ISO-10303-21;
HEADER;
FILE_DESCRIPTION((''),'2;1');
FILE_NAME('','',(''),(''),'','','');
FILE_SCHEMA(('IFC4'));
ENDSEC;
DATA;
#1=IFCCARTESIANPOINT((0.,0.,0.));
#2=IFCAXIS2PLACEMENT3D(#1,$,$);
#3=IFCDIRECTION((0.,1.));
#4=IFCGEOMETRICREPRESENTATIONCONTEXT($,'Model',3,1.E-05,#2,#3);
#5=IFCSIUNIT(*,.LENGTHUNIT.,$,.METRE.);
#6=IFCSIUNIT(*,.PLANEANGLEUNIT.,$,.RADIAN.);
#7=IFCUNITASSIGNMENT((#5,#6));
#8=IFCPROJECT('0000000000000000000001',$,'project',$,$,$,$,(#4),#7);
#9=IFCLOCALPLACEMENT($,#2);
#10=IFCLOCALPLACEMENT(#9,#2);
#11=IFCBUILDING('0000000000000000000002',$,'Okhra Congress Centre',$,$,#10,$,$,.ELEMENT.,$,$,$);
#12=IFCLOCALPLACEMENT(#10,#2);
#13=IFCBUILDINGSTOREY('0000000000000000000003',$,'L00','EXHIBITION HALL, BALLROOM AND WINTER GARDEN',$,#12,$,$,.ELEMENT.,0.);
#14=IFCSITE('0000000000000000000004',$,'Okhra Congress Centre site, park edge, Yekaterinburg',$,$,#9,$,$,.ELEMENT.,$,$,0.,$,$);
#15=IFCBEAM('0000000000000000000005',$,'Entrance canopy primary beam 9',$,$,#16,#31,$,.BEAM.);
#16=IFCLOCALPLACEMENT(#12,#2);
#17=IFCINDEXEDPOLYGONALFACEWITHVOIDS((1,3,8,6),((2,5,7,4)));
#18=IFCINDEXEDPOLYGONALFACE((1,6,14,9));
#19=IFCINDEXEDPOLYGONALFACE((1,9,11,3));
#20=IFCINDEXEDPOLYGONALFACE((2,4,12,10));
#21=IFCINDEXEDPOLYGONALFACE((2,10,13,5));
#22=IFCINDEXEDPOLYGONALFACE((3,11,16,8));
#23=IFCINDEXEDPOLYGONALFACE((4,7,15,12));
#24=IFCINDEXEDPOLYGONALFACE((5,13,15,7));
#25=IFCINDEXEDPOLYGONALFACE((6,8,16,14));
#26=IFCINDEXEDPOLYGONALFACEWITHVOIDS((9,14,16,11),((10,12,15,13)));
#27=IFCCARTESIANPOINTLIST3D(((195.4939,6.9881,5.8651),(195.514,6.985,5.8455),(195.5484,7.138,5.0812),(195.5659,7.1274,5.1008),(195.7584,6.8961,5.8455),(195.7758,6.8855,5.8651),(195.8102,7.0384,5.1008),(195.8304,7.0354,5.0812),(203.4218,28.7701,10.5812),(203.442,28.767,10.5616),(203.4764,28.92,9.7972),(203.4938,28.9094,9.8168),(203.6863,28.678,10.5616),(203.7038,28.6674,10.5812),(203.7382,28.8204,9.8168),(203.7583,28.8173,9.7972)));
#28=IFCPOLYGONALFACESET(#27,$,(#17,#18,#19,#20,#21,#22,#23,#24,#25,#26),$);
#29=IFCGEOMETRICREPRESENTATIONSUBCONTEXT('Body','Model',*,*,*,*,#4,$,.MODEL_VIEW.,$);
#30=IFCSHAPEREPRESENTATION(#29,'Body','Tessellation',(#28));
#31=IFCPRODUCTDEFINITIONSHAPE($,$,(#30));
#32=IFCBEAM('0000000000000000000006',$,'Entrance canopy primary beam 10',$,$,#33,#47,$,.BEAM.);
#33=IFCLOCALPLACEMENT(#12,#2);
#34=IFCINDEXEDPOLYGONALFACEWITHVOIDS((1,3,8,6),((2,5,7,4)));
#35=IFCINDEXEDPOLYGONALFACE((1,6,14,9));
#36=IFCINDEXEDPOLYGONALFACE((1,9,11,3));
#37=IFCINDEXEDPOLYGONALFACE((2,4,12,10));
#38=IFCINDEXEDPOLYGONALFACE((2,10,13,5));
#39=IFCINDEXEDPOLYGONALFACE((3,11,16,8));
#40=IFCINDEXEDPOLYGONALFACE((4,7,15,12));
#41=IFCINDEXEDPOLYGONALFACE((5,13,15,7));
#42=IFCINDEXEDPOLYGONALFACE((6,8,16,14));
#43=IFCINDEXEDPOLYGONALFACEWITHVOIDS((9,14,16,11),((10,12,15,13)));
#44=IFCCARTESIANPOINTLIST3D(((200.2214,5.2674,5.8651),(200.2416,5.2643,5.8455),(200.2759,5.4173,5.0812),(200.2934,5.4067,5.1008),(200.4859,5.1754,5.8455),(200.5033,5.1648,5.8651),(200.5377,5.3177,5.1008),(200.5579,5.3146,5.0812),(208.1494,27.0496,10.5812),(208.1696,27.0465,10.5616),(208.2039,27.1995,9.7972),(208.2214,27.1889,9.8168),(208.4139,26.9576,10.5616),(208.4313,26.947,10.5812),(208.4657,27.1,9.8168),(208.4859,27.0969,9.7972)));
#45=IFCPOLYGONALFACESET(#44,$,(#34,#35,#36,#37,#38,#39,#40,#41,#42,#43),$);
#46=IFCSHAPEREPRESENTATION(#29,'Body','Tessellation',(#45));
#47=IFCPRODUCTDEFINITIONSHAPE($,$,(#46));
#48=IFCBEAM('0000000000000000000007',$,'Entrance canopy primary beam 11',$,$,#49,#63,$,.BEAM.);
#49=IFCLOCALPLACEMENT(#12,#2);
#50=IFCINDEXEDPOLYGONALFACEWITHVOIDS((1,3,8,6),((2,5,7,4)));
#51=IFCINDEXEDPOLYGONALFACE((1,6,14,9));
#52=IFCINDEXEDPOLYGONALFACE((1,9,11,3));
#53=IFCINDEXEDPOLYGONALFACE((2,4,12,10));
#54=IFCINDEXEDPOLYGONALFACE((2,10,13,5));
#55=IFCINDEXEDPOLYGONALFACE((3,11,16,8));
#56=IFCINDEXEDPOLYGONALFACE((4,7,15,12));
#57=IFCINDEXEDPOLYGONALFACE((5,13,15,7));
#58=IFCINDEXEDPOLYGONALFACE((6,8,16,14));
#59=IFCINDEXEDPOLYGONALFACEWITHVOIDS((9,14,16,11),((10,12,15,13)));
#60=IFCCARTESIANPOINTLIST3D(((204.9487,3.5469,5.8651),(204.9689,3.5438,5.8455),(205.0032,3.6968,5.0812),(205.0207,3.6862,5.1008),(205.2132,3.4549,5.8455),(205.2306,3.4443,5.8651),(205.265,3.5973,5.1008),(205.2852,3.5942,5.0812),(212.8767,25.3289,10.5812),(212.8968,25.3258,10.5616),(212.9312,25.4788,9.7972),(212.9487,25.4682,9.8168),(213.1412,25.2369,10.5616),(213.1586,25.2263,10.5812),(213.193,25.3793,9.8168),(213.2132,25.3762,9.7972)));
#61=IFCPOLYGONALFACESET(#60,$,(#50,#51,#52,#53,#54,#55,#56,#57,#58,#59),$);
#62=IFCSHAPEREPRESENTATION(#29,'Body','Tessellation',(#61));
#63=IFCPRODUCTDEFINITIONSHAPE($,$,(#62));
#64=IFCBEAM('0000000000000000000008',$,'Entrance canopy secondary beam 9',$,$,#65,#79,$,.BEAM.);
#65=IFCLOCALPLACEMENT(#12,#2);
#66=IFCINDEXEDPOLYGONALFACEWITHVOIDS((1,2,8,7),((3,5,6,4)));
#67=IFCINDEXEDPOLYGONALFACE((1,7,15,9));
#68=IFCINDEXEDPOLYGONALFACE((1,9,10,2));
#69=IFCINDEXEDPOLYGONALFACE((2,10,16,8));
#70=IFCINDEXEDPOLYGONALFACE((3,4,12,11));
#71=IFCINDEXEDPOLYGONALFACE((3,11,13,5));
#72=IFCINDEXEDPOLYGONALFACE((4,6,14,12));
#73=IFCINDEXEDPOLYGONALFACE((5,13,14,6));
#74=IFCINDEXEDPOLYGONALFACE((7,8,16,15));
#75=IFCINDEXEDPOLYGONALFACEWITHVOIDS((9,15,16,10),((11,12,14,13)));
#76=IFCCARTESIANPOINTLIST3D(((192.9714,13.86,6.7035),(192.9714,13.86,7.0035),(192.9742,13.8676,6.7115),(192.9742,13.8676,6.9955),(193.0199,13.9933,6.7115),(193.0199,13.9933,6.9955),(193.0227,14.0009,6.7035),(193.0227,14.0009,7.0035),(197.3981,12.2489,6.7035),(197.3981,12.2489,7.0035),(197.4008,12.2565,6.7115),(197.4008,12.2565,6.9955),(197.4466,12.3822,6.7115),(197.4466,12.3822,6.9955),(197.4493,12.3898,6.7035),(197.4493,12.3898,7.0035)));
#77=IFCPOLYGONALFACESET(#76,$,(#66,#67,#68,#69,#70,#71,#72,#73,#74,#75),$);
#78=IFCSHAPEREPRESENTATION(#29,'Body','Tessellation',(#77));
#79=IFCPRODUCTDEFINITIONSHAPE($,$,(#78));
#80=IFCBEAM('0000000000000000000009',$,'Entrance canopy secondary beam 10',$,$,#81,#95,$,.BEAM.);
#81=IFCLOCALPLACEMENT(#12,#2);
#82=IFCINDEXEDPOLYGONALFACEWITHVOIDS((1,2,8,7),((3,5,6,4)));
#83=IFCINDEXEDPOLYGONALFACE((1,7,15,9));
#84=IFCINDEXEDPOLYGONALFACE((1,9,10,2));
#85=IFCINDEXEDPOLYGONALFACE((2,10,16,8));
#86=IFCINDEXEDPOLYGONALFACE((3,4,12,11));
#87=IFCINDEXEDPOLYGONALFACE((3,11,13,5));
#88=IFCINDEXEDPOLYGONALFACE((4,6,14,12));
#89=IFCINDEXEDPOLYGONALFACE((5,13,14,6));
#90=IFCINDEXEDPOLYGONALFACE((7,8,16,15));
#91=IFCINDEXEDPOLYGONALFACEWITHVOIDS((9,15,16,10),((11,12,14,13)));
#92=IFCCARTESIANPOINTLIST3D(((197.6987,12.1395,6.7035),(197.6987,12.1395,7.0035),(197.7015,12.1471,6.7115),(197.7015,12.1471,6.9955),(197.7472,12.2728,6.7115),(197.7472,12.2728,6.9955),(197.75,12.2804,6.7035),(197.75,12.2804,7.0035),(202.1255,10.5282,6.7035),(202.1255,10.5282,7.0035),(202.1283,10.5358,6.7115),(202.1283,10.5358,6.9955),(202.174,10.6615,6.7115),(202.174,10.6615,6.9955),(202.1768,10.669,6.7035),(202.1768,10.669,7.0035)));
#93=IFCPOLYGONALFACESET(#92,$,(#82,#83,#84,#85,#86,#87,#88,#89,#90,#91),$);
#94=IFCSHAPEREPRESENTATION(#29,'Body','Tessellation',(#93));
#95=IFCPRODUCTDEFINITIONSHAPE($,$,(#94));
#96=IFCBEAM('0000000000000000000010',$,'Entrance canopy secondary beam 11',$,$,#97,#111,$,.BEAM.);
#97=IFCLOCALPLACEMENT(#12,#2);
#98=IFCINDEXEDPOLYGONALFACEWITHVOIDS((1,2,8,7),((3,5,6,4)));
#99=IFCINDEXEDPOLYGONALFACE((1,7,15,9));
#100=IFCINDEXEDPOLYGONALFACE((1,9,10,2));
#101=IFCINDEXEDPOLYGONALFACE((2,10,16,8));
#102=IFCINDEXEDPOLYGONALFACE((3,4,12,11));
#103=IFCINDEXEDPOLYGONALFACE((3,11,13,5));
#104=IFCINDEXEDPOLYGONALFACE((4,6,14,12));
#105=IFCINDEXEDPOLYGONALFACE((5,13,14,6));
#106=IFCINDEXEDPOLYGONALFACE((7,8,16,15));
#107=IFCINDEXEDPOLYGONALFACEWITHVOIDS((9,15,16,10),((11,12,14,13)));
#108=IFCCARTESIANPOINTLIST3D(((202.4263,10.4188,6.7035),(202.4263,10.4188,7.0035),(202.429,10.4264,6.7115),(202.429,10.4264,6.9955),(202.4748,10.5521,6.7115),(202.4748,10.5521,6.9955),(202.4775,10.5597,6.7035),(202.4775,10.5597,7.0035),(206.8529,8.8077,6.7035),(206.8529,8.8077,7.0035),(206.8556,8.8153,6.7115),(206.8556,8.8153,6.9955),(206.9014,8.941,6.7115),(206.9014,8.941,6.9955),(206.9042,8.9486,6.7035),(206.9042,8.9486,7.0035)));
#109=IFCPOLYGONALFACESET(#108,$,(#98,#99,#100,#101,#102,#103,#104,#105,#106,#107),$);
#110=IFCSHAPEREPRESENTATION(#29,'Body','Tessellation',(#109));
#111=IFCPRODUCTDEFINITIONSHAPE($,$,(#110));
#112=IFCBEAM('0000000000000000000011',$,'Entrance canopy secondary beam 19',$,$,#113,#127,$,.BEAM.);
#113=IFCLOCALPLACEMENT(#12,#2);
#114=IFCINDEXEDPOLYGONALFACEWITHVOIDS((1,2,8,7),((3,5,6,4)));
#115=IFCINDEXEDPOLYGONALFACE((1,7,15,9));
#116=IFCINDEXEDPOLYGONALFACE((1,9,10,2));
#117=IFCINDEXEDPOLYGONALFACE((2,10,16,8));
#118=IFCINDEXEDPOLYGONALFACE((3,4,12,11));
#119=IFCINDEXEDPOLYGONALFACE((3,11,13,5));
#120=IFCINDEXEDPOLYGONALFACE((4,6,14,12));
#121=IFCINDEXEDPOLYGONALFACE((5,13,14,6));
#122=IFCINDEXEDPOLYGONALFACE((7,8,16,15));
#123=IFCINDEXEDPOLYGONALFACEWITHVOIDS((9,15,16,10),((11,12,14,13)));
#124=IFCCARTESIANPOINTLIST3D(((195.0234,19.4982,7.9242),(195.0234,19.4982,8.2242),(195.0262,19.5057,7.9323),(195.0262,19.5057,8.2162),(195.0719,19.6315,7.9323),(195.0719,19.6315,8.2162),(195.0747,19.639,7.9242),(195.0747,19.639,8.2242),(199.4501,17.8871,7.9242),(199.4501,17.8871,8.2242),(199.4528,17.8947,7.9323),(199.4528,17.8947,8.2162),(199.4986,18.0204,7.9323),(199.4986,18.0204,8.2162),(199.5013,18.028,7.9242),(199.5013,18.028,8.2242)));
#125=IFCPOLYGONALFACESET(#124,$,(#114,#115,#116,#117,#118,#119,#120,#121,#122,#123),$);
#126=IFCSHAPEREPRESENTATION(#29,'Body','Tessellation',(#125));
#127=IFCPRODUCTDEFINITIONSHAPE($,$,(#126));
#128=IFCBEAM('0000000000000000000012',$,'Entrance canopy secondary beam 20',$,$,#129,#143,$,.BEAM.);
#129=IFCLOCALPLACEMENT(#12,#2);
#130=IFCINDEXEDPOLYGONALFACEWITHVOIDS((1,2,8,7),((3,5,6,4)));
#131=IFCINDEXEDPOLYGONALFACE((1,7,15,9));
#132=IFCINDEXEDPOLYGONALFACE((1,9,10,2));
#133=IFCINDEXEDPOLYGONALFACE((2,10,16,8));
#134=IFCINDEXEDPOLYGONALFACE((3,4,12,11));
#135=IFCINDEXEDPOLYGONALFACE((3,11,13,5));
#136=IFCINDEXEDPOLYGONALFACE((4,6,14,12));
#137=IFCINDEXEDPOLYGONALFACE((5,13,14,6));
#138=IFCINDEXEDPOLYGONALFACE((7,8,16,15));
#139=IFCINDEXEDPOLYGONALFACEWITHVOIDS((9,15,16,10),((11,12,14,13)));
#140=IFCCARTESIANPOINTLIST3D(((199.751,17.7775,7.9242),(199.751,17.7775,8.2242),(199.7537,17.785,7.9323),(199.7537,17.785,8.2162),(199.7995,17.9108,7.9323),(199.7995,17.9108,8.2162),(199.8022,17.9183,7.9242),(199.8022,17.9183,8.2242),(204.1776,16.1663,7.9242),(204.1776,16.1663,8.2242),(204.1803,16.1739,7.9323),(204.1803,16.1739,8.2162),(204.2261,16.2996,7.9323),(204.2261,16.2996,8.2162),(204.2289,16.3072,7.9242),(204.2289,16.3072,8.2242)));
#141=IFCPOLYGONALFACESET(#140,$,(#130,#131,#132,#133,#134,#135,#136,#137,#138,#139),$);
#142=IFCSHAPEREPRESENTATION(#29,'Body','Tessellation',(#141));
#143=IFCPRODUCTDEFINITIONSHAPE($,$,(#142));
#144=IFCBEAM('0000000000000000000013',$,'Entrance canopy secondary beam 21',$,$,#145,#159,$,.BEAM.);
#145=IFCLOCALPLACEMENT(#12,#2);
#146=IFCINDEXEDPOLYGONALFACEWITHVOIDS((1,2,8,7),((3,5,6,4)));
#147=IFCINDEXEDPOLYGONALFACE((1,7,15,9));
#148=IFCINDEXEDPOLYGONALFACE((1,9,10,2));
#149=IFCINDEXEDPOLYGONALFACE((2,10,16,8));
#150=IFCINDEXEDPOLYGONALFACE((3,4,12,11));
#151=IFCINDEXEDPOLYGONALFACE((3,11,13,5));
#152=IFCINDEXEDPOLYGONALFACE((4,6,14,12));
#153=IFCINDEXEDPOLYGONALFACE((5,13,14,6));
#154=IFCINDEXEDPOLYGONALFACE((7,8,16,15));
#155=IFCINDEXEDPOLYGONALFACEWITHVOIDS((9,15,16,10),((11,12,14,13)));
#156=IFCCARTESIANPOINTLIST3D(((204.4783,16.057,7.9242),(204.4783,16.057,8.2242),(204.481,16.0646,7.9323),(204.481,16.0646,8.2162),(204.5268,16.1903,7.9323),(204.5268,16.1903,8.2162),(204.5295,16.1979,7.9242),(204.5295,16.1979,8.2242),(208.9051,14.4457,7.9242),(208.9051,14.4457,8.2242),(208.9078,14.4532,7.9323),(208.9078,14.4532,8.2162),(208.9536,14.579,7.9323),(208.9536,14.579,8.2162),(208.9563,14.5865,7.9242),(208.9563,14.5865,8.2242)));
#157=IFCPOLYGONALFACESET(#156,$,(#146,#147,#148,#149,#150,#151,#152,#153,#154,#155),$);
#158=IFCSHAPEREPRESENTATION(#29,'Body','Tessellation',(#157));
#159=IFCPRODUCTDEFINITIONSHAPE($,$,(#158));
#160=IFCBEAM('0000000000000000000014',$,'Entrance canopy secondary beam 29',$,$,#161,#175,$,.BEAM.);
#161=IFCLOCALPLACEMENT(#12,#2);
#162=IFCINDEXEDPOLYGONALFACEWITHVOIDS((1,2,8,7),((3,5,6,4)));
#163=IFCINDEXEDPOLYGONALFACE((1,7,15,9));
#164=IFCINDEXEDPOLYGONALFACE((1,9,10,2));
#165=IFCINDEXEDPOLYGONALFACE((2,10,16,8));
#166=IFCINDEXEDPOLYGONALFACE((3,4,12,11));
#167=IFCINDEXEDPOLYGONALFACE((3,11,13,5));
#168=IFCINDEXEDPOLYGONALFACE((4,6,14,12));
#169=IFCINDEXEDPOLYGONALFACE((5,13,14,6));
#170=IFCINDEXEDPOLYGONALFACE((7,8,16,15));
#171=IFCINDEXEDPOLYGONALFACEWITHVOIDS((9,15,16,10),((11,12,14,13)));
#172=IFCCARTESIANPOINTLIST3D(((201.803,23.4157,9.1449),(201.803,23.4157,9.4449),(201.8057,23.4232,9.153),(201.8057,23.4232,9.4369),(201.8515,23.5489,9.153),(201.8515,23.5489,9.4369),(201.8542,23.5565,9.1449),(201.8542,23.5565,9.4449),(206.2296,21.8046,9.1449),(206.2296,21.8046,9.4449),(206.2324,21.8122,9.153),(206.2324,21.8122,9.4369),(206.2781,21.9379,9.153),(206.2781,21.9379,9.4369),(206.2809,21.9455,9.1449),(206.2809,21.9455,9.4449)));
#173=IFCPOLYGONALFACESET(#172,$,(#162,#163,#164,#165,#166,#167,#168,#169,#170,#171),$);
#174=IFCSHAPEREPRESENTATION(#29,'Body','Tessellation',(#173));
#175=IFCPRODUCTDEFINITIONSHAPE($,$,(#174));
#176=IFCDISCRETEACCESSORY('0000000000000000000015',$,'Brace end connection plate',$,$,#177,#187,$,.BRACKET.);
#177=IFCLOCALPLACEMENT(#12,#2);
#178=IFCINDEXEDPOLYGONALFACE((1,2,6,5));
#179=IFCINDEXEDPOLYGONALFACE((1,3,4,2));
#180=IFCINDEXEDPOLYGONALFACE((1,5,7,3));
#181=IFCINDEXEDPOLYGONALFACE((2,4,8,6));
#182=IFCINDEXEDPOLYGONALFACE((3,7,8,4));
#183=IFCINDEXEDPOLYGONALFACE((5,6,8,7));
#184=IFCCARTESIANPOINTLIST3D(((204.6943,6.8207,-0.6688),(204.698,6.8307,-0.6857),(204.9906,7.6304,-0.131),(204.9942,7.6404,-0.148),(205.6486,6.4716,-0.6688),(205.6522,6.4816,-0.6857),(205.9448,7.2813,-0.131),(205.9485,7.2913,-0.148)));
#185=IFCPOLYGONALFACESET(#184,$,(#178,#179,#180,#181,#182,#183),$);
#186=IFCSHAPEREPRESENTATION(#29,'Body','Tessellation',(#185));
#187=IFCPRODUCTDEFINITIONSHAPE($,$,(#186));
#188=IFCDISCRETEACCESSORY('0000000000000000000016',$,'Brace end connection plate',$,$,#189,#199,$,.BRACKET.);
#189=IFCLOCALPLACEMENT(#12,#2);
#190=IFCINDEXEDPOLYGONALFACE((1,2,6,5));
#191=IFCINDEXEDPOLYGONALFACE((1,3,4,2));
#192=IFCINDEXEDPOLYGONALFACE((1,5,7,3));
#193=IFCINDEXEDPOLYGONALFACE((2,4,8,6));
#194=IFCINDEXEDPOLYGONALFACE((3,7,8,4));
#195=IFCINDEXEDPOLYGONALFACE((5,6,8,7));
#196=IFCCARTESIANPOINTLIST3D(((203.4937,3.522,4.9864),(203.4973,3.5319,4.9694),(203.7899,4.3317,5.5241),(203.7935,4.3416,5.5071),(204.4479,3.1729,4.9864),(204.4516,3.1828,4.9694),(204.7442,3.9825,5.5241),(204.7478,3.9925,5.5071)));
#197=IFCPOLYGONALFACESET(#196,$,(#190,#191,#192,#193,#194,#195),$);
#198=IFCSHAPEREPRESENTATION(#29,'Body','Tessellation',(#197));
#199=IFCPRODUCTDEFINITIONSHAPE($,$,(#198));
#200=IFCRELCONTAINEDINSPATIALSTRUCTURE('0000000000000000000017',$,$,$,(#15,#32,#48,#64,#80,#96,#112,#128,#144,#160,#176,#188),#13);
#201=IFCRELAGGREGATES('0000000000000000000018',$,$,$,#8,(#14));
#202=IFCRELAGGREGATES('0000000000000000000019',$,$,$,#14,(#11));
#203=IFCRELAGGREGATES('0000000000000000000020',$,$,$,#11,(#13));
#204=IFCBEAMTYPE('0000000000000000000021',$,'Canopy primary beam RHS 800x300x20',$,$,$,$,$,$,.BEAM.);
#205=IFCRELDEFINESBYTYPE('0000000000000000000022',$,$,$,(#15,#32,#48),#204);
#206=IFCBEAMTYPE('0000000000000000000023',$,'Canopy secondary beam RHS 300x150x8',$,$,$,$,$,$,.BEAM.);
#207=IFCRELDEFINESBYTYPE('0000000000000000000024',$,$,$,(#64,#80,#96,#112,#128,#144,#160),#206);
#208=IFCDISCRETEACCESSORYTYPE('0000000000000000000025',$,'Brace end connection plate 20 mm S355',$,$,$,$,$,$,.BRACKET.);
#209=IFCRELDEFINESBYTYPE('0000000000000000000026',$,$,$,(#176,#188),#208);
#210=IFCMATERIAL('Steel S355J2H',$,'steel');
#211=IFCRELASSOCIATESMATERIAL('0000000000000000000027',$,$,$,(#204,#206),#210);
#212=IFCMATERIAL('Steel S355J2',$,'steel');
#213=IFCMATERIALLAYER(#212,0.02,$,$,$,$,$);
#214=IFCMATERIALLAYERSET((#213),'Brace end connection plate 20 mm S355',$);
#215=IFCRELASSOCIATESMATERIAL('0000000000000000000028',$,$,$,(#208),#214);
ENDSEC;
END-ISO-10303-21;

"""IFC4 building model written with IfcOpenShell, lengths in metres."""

from ifc_helpers import new_model, si_unit, direction, frame, origin, origin_2d, place, context, subcontext, project, spatial, rectangle, hollow_rectangle, extrude, material, layer, layer_set, material_profile, profile_set, type_object, element, save


model = new_model("IFC4")

# Units and contexts
model_context = context("Model", 3, precision=1e-05, world=origin(), true_north=direction((0.0, 1.0)))
body_context = subcontext(model_context, "Body", "Model", "MODEL_VIEW")
ifc_project = project(units=[si_unit("LENGTHUNIT", "METRE"), si_unit("PLANEANGLEUNIT", "RADIAN")], contexts=[model_context])

# Site, building, storey
site_placement = place(None, origin())
site = spatial("IfcSite", under=ifc_project, at=site_placement, Name="Okhra Congress Centre site, park edge, Yekaterinburg", CompositionType="ELEMENT", RefElevation=0.0)
building_placement = place(site_placement, origin())
building = spatial("IfcBuilding", under=site, at=building_placement, Name="Okhra Congress Centre", CompositionType="ELEMENT")
storey_placement = place(building_placement, origin())
storey = spatial("IfcBuildingStorey", under=building, at=storey_placement, Name="L00", Description="EXHIBITION HALL, BALLROOM AND WINTER GARDEN", CompositionType="ELEMENT", Elevation=0.0)

# Shared definitions
ifc_material_1 = material(Name="Steel S355J2H", Category="steel")

# Beams
ifc_material_profile_1 = material_profile(ifc_material_1, hollow_rectangle(XDim=0.3, YDim=0.8, WallThickness=0.02, at=origin_2d()), Name="RHS 800x300x20")
ifc_profile_set_1 = profile_set([ifc_material_profile_1], Name="Steel S355J2H")
beam_type_1 = type_object("IfcBeamType", Name="Canopy primary beam RHS 800x300x20", PredefinedType="BEAM", material=ifc_profile_set_1)
beam_1_placement = place(storey_placement, frame((195.6621, 7.0117, 5.4731), z_axis=(0.335153, 0.920828, 0.19937), x_axis=(-0.939693, 0.34202, 0.0)))
element("IfcBeam", 1, at=beam_1_placement, inside=storey, type_object=beam_type_1, Name="Entrance canopy primary beam 9", PredefinedType="BEAM", context=body_context, shape_type="SweptSolid", body=[
    extrude(hollow_rectangle(XDim=0.3, YDim=0.8, WallThickness=0.02, at=origin_2d()), origin(), (0.0, 0.0, 1.0), 23.6548),
])
beam_2_placement = place(storey_placement, frame((200.3896, 5.291, 5.4731), z_axis=(0.33515, 0.920829, 0.199369), x_axis=(-0.939694, 0.342016, 0.0)))
element("IfcBeam", 2, at=beam_2_placement, inside=storey, type_object=beam_type_1, Name="Entrance canopy primary beam 10", PredefinedType="BEAM", context=body_context, shape_type="SweptSolid", body=[
    extrude(hollow_rectangle(XDim=0.3, YDim=0.8, WallThickness=0.02, at=origin_2d()), origin(), (0.0, 0.0, 1.0), 23.655),
])
beam_3_placement = place(storey_placement, frame((205.1169, 3.5706, 5.4731), z_axis=(0.335153, 0.920828, 0.19937), x_axis=(-0.939693, 0.34202, 0.0)))
element("IfcBeam", 3, at=beam_3_placement, inside=storey, type_object=beam_type_1, Name="Entrance canopy primary beam 11", PredefinedType="BEAM", context=body_context, shape_type="SweptSolid", body=[
    extrude(hollow_rectangle(XDim=0.3, YDim=0.8, WallThickness=0.02, at=origin_2d()), origin(), (0.0, 0.0, 1.0), 23.6548),
])
ifc_material_profile_2 = material_profile(ifc_material_1, hollow_rectangle(XDim=0.1499, YDim=0.3, WallThickness=0.0081, at=origin_2d()), Name="RHS 300x150x8")
ifc_profile_set_2 = profile_set([ifc_material_profile_2], Name="Steel S355J2H")
beam_type_2 = type_object("IfcBeamType", Name="Canopy secondary beam RHS 300x150x8", PredefinedType="BEAM", material=ifc_profile_set_2)
beam_4_placement = place(storey_placement, frame((192.9971, 13.9304, 6.8535), z_axis=(0.939701, -0.341997, 0.0), x_axis=(0.341997, 0.939701, 0.0)))
element("IfcBeam", 4, at=beam_4_placement, inside=storey, type_object=beam_type_2, Name="Entrance canopy secondary beam 9", PredefinedType="BEAM", context=body_context, shape_type="SweptSolid", body=[
    extrude(hollow_rectangle(XDim=0.1499, YDim=0.3, WallThickness=0.0081, at=origin_2d()), origin(), (0.0, 0.0, 1.0), 4.7107),
])
beam_5_placement = place(storey_placement, frame((197.7244, 12.21, 6.8535), z_axis=(0.939684, -0.342043, 0.0), x_axis=(0.342043, 0.939684, 0.0)))
element("IfcBeam", 5, at=beam_5_placement, inside=storey, type_object=beam_type_2, Name="Entrance canopy secondary beam 10", PredefinedType="BEAM", context=body_context, shape_type="SweptSolid", body=[
    extrude(hollow_rectangle(XDim=0.1499, YDim=0.3, WallThickness=0.0081, at=origin_2d()), origin(), (0.0, 0.0, 1.0), 4.7109),
])
for number, where, z_axis, x_axis, name in (
    (6, (202.4519, 10.4893, 6.8535), (0.939695, -0.342014, 0.0), (0.342014, 0.939695, 0.0), "Entrance canopy secondary beam 11"),
    (7, (195.0491, 19.5686, 8.0742), (0.939701, -0.341997, 0.0), (0.341997, 0.939701, 0.0), "Entrance canopy secondary beam 19"),
    (8, (199.7766, 17.8479, 8.0742), (0.939695, -0.342014, 0.0), (0.342014, 0.939695, 0.0), "Entrance canopy secondary beam 20"),
):
    element("IfcBeam", number, at=place(storey_placement, frame(where, z_axis=z_axis, x_axis=x_axis)), inside=storey, type_object=beam_type_2, Name=name, PredefinedType="BEAM", context=body_context, shape_type="SweptSolid", body=[
        extrude(hollow_rectangle(XDim=0.1499, YDim=0.3, WallThickness=0.0081, at=origin_2d()), origin(), (0.0, 0.0, 1.0), 4.7107),
    ])
beam_6_placement = place(storey_placement, frame((204.5039, 16.1274, 8.0742), z_axis=(0.939684, -0.342043, 0.0), x_axis=(0.342043, 0.939684, 0.0)))
element("IfcBeam", 9, at=beam_6_placement, inside=storey, type_object=beam_type_2, Name="Entrance canopy secondary beam 21", PredefinedType="BEAM", context=body_context, shape_type="SweptSolid", body=[
    extrude(hollow_rectangle(XDim=0.1499, YDim=0.3, WallThickness=0.0081, at=origin_2d()), origin(), (0.0, 0.0, 1.0), 4.7109),
])
beam_7_placement = place(storey_placement, frame((201.8286, 23.4861, 9.2949), z_axis=(0.939701, -0.341997, 0.0), x_axis=(0.341997, 0.939701, 0.0)))
element("IfcBeam", 10, at=beam_7_placement, inside=storey, type_object=beam_type_2, Name="Entrance canopy secondary beam 29", PredefinedType="BEAM", context=body_context, shape_type="SweptSolid", body=[
    extrude(hollow_rectangle(XDim=0.1499, YDim=0.3, WallThickness=0.0081, at=origin_2d()), origin(), (0.0, 0.0, 1.0), 4.7107),
])

# Discrete accessories
ifc_material_2 = material(Name="Steel S355J2", Category="steel")
ifc_layer = layer(ifc_material_2, 0.02)
ifc_layer_set = layer_set([ifc_layer], Name="Brace end connection plate 20 mm S355")
discrete_accessory_type_1 = type_object("IfcDiscreteAccessoryType", Name="Brace end connection plate 20 mm S355", PredefinedType="BRACKET", material=ifc_layer_set)
for number, where, z_axis, x_axis, name in (
    (11, (205.3196, 7.051, -0.3999), (0.181822, 0.496979, -0.8485), (-0.939123, 0.343582, 0.0), "Brace end connection plate"),
    (12, (204.1226, 3.7622, 5.2383), (-0.181822, -0.496979, 0.8485), (0.939123, -0.343582, 0.0), "Brace end connection plate"),
):
    element("IfcDiscreteAccessory", number, at=place(storey_placement, frame(where, z_axis=z_axis, x_axis=x_axis)), inside=storey, type_object=discrete_accessory_type_1, Name=name, PredefinedType="BRACKET", context=body_context, shape_type="SweptSolid", body=[
        extrude(rectangle(XDim=1.0161, YDim=1.0161, at=origin_2d()), origin(), (0.0, 0.0, 1.0), 0.02),
    ])

save(model, "model.ifc")
